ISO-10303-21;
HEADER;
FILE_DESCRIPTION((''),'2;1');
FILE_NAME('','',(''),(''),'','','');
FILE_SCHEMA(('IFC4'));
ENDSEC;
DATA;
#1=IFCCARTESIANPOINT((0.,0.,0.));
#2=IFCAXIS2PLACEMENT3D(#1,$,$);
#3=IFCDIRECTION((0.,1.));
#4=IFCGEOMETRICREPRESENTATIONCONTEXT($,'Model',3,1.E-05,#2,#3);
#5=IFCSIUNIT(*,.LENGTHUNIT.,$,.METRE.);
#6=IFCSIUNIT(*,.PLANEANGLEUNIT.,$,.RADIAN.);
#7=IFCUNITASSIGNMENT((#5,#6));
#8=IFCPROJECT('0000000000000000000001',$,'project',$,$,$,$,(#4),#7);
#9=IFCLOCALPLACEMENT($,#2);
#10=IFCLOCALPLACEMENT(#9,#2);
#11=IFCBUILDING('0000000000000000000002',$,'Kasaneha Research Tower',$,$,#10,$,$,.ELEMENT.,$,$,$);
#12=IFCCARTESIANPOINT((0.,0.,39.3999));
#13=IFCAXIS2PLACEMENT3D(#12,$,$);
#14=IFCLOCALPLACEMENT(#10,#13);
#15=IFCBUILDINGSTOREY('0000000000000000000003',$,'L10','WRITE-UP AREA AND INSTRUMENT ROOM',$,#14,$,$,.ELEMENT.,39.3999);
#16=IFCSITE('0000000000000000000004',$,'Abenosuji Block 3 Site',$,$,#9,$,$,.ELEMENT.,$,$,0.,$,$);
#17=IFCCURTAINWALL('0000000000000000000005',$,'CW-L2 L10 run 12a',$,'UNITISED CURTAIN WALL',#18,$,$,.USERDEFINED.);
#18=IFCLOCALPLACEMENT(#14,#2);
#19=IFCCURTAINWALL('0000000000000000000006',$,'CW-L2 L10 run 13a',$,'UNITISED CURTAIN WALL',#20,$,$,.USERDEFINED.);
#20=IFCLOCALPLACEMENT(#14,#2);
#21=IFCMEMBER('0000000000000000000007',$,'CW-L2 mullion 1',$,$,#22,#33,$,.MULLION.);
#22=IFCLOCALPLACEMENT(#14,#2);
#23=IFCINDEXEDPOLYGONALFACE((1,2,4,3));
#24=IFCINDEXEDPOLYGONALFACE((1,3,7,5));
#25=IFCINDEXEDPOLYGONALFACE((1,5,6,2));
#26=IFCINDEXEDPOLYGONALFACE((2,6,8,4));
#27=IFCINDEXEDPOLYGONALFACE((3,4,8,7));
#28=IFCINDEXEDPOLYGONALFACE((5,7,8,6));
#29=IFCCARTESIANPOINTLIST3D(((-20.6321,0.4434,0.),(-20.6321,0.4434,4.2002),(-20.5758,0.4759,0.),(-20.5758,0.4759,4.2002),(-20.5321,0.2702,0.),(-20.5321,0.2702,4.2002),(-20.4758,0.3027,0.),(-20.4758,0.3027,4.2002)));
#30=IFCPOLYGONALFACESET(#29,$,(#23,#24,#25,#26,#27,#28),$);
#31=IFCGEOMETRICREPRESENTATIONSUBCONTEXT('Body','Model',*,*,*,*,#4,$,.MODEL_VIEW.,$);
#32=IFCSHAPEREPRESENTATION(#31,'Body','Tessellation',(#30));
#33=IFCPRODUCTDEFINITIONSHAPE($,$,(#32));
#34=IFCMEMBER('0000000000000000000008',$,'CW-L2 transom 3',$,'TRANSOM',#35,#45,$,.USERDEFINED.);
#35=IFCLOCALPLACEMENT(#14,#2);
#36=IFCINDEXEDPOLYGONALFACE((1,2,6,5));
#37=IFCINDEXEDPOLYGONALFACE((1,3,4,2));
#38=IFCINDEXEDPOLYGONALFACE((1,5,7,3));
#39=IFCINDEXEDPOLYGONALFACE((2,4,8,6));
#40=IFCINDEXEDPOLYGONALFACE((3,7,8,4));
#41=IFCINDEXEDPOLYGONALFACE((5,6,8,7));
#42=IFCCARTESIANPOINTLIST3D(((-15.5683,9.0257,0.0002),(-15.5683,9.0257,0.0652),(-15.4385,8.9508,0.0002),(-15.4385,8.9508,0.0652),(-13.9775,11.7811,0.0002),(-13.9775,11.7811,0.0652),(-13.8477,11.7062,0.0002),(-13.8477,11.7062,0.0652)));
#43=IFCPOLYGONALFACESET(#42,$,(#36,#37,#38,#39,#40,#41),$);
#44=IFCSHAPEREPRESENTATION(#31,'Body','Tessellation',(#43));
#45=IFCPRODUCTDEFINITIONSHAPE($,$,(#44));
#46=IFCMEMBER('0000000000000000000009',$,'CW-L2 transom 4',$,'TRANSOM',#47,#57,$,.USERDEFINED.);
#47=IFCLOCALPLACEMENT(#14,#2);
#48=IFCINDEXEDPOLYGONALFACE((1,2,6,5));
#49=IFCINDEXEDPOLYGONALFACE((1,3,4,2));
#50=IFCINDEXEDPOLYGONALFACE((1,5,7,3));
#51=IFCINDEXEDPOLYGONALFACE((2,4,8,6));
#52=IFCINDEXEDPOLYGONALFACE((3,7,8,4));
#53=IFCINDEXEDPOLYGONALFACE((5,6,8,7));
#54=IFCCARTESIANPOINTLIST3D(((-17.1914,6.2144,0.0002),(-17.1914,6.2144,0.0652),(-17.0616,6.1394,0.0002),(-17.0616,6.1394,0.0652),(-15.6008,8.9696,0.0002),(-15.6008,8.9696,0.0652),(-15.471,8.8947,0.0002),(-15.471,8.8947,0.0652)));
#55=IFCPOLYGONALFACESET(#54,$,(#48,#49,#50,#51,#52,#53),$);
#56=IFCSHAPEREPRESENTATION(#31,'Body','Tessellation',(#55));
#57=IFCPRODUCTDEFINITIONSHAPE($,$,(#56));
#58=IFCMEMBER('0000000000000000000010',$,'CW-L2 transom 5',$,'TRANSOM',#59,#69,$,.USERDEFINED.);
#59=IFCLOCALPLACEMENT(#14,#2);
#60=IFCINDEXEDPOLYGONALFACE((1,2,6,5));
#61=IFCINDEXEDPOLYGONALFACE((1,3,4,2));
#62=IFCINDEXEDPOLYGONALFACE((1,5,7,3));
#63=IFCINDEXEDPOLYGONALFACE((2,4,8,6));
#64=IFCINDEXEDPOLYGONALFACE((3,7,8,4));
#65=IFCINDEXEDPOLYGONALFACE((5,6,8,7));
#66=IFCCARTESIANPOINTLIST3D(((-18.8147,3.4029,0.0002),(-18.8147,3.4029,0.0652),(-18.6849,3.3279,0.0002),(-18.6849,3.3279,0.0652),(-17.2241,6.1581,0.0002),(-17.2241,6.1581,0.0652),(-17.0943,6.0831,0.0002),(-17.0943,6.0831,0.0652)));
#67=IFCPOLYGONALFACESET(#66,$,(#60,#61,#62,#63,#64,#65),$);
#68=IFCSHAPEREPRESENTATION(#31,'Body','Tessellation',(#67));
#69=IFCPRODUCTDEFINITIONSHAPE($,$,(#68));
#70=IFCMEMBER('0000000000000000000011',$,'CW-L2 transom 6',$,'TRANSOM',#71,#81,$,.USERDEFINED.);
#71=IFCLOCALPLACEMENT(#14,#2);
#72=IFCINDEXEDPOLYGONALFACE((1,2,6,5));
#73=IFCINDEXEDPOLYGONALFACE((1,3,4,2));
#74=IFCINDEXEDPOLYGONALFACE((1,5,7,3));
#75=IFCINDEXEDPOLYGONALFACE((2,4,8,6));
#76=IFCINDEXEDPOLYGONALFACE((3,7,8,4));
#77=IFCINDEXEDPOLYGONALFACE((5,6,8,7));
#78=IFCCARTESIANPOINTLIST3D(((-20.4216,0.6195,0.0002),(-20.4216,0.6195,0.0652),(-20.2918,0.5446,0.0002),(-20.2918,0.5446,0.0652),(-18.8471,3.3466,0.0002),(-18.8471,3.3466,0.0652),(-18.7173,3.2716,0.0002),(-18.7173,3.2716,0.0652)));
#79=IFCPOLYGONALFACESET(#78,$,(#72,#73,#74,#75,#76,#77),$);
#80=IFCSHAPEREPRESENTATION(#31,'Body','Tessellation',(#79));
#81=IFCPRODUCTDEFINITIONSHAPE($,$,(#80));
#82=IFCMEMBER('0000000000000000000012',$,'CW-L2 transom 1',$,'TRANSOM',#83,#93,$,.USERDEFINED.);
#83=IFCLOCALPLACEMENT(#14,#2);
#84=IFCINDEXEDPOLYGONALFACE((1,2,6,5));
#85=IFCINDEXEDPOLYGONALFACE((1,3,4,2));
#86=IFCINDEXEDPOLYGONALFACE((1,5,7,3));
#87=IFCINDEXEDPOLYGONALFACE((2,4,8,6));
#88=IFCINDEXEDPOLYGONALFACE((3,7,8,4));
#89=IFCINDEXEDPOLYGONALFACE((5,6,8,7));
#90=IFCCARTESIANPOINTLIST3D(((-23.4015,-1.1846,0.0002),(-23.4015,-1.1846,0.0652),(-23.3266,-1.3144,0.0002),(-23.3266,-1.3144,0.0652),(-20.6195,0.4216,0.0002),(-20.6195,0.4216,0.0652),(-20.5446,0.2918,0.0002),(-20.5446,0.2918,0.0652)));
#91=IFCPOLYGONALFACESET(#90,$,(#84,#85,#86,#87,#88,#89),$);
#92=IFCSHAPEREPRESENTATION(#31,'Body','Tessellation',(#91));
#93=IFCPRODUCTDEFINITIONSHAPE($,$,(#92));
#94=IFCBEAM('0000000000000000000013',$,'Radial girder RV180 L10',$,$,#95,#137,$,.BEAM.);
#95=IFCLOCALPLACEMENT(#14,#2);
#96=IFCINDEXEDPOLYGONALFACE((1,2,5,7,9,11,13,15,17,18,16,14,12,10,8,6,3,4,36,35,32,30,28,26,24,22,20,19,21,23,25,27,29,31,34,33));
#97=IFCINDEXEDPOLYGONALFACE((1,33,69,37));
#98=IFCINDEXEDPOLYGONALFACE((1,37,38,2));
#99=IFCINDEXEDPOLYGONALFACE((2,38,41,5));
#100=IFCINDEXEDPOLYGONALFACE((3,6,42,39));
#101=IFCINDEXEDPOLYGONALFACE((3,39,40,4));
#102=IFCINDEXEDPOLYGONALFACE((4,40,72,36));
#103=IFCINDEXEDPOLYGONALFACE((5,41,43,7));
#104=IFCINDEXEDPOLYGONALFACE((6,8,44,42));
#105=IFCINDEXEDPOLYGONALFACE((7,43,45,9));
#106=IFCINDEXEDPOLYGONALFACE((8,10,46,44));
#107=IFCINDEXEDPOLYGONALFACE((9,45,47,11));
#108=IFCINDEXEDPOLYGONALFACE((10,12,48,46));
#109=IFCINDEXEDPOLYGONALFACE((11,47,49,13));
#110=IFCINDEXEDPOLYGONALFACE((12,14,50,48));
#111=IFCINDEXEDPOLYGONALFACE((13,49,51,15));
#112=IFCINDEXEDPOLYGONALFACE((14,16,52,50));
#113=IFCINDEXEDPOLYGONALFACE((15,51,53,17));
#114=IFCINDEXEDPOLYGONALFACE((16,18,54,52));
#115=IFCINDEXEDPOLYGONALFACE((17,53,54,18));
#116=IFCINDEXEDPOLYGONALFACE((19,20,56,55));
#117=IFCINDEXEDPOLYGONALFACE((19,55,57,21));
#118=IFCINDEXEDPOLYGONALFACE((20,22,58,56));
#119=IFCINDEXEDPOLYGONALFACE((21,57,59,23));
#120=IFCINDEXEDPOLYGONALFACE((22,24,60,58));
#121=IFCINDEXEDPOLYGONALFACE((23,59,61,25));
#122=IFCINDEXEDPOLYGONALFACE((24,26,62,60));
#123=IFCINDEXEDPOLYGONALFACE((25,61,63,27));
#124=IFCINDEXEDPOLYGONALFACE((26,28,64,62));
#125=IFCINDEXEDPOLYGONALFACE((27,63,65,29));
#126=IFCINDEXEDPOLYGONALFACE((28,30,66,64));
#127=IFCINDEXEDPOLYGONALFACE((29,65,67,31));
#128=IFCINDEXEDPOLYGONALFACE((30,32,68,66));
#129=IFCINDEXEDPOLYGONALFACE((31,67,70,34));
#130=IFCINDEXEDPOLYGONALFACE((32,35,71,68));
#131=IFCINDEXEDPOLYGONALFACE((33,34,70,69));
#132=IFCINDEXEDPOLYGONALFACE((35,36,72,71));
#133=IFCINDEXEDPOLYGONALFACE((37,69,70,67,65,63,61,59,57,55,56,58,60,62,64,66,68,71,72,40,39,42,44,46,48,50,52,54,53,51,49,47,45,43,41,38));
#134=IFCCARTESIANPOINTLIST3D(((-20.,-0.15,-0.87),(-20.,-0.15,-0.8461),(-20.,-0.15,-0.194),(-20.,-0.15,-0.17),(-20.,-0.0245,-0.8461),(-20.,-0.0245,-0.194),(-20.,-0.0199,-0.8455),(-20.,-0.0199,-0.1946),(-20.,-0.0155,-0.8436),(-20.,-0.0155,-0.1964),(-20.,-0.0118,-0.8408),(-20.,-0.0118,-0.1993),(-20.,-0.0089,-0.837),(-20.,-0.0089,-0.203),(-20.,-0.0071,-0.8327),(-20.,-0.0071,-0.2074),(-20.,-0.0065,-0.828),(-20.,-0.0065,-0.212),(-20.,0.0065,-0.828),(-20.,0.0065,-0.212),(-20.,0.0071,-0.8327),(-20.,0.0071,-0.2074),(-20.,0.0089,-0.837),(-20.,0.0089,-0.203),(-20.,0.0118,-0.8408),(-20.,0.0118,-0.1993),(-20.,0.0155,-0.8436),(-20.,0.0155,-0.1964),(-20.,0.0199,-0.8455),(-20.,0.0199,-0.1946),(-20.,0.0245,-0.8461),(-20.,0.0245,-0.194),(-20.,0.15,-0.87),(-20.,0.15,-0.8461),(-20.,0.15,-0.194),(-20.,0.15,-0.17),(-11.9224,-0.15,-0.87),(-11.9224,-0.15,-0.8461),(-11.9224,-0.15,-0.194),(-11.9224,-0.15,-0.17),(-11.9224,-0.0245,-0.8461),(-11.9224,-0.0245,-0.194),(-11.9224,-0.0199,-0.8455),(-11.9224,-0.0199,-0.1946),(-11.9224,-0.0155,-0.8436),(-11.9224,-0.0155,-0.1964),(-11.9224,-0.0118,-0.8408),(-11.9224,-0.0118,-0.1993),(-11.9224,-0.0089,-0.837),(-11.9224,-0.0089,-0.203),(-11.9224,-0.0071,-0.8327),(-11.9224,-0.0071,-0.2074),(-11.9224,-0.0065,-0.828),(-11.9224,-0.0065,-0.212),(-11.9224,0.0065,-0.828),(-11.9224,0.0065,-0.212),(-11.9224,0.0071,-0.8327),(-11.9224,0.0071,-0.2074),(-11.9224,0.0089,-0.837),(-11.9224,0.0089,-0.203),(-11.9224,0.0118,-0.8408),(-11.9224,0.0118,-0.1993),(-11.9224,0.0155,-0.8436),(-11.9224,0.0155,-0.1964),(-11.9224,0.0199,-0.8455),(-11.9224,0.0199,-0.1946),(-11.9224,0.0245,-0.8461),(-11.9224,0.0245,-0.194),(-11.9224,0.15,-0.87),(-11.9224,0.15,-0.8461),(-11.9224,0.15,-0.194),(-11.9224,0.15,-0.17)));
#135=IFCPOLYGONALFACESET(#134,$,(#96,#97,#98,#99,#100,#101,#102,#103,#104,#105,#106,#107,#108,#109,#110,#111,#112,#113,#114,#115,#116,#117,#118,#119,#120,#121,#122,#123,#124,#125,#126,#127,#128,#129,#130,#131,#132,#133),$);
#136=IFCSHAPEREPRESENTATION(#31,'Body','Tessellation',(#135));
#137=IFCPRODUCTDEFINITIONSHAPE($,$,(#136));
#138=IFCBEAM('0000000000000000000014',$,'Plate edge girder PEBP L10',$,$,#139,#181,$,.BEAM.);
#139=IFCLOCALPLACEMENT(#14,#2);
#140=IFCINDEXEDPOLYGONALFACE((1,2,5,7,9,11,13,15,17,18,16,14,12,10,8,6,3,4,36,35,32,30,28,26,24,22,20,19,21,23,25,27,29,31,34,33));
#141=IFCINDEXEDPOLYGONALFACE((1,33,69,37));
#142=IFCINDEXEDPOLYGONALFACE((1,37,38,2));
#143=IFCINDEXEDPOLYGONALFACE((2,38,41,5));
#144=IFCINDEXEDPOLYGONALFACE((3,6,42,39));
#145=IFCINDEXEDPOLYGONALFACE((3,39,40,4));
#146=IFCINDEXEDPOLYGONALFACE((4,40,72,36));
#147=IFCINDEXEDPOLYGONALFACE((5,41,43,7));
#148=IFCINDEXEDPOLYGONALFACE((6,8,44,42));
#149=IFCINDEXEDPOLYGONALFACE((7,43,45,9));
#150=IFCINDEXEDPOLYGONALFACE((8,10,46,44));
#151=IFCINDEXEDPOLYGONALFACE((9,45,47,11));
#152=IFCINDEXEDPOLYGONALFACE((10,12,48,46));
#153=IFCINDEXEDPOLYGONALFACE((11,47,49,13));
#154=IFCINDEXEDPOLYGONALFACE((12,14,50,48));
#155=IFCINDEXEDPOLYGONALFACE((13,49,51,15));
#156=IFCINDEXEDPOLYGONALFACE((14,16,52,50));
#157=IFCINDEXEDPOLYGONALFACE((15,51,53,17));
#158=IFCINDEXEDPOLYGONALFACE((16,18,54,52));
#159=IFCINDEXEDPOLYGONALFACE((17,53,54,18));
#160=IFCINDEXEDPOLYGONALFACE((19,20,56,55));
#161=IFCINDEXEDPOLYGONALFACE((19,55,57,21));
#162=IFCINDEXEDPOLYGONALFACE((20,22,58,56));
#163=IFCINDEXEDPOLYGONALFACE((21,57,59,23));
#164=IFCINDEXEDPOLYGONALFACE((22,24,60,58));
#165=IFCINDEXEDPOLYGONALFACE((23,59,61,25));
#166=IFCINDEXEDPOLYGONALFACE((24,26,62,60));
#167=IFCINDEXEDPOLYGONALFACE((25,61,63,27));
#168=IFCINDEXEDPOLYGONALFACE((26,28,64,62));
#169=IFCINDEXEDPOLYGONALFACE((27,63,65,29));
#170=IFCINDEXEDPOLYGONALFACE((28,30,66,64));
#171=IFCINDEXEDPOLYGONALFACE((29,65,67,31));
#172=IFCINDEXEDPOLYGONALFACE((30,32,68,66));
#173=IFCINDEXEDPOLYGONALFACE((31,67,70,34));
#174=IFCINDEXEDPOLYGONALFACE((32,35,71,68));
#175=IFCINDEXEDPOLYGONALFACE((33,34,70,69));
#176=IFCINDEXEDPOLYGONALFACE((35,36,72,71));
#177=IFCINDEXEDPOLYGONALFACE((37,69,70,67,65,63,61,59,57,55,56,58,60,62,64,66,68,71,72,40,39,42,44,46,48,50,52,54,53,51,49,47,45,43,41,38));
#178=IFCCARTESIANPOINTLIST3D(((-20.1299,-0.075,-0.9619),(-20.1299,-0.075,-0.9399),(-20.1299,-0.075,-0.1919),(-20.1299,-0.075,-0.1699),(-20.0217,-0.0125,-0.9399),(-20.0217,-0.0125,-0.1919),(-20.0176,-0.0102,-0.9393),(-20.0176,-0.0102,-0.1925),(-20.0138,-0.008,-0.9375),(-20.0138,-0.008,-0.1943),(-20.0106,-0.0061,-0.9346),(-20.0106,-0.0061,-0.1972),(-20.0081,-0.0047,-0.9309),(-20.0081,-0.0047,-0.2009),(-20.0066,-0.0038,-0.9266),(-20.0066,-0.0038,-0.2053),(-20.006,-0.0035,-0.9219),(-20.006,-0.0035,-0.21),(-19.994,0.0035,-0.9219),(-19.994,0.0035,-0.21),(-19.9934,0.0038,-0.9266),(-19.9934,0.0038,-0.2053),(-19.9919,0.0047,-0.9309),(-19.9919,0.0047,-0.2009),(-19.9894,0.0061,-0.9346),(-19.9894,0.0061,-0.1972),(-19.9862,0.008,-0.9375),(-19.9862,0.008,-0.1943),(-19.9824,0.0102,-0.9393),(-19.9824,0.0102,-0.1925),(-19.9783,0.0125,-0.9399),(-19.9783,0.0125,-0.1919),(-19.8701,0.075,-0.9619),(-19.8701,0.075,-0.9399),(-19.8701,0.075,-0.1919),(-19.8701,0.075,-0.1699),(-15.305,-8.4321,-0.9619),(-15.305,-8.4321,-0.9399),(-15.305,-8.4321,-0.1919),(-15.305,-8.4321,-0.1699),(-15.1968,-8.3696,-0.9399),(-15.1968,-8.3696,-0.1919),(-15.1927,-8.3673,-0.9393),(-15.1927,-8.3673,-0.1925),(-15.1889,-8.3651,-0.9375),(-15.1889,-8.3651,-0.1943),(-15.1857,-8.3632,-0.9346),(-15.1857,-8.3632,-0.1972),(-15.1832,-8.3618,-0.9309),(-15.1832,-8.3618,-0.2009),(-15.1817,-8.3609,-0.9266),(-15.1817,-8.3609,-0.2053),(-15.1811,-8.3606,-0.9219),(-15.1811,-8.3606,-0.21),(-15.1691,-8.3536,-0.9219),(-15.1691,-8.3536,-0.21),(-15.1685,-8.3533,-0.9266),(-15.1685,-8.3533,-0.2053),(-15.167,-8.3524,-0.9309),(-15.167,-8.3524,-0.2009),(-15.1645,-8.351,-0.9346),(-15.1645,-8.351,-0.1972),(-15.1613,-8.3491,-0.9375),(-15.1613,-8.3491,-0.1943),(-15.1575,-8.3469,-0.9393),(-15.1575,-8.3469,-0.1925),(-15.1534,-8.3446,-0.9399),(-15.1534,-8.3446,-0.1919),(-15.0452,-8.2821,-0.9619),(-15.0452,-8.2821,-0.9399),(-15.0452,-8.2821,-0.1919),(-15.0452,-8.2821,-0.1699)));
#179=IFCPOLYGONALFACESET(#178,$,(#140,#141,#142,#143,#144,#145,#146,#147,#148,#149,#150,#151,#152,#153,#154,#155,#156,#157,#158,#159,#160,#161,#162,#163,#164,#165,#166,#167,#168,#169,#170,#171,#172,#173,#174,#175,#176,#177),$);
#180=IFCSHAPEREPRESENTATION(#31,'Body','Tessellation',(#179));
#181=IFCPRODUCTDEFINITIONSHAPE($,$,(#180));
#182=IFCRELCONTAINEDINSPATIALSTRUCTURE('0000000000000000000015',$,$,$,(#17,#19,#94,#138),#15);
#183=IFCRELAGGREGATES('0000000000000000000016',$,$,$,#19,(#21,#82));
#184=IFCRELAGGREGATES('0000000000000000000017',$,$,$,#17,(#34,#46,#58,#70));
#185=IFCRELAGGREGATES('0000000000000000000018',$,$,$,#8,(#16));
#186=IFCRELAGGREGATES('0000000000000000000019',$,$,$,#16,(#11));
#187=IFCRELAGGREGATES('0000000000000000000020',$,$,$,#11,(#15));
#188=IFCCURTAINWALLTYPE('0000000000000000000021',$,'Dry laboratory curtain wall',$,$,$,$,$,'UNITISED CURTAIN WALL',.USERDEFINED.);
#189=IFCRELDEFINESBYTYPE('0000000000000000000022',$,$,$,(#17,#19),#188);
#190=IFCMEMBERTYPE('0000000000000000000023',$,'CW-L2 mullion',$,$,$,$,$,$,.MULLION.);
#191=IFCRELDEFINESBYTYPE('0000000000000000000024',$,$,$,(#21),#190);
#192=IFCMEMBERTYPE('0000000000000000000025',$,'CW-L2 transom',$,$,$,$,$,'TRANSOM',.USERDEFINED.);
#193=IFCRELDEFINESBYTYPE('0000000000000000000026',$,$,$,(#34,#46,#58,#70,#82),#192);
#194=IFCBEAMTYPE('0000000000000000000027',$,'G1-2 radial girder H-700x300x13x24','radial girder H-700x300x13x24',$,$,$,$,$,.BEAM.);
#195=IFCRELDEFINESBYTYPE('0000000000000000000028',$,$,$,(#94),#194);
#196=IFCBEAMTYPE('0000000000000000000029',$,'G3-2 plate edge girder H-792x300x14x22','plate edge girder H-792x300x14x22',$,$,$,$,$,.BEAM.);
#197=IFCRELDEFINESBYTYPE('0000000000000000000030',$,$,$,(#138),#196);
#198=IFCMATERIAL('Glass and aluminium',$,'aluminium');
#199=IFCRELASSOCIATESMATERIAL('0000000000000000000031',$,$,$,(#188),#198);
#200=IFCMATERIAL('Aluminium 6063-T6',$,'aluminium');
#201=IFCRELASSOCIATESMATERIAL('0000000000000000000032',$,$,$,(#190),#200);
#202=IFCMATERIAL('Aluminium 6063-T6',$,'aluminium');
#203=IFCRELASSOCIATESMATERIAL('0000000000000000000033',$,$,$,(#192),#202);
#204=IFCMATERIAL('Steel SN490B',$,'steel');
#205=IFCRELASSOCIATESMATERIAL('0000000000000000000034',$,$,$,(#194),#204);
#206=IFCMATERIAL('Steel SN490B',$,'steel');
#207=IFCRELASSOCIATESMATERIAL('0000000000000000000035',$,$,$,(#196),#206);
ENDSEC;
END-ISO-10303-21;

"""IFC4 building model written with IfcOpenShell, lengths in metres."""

from ifc_helpers import new_model, si_unit, direction, frame, origin, origin_2d, place, context, subcontext, project, spatial, rectangle, i_section, extrude, material, material_profile, profile_set, type_object, element, aggregate, save


model = new_model("IFC4")

# Units and contexts
model_context = context("Model", 3, precision=1e-05, world=origin(), true_north=direction((0.0, 1.0)))
body_context = subcontext(model_context, "Body", "Model", "MODEL_VIEW")
ifc_project = project(units=[si_unit("LENGTHUNIT", "METRE"), si_unit("PLANEANGLEUNIT", "RADIAN")], contexts=[model_context])

# Site, building, storey
site_placement = place(None, origin())
site = spatial("IfcSite", under=ifc_project, at=site_placement, Name="Abenosuji Block 3 Site", CompositionType="ELEMENT", RefElevation=0.0)
building_placement = place(site_placement, origin())
building = spatial("IfcBuilding", under=site, at=building_placement, Name="Kasaneha Research Tower", CompositionType="ELEMENT")
storey_placement = place(building_placement, frame((0.0, 0.0, 39.3999)))
storey = spatial("IfcBuildingStorey", under=building, at=storey_placement, Name="L10", Description="WRITE-UP AREA AND INSTRUMENT ROOM", CompositionType="ELEMENT", Elevation=39.3999)

# Curtain wall
ifc_material_1 = material(Name="Glass and aluminium", Category="aluminium")
curtain_wall_type = type_object("IfcCurtainWallType", Name="Dry laboratory curtain wall", ElementType="UNITISED CURTAIN WALL", PredefinedType="USERDEFINED", material=ifc_material_1)
curtain_wall_1_placement = place(storey_placement, origin())
curtain_wall_1 = element("IfcCurtainWall", 1, at=curtain_wall_1_placement, inside=storey, type_object=curtain_wall_type, Name="CW-L2 L10 run 12a", ObjectType="UNITISED CURTAIN WALL", PredefinedType="USERDEFINED")
ifc_material_2 = material(Name="Aluminium 6063-T6", Category="aluminium")
ifc_material_profile_1 = material_profile(ifc_material_2, rectangle(XDim=0.0649, YDim=0.2, at=origin_2d()), Name="CW-L2 mullion 65x200")
ifc_profile_set_1 = profile_set([ifc_material_profile_1], Name="Aluminium 6063-T6")
member_type_1 = type_object("IfcMemberType", Name="CW-L2 mullion", PredefinedType="MULLION", material=ifc_profile_set_1)

# Curtain wall, member
curtain_wall_2_placement = place(storey_placement, origin())
curtain_wall_2 = element("IfcCurtainWall", 2, at=curtain_wall_2_placement, inside=storey, type_object=curtain_wall_type, Name="CW-L2 L10 run 13a", ObjectType="UNITISED CURTAIN WALL", PredefinedType="USERDEFINED")
member_1_placement = place(storey_placement, frame((-20.554, 0.373, 0.0), z_axis=(0.0, 0.0, 1.0), x_axis=(-0.866025, -0.5, 0.0)))
member_1 = element("IfcMember", 3, at=member_1_placement, type_object=member_type_1, Name="CW-L2 mullion 1", PredefinedType="MULLION", context=body_context, shape_type="SweptSolid", body=[
    extrude(rectangle(XDim=0.0649, YDim=0.2, at=origin_2d()), origin(), (0.0, 0.0, 1.0), 4.2002),
])

# Members
ifc_material_3 = material(Name="Aluminium 6063-T6", Category="aluminium")
ifc_material_profile_2 = material_profile(ifc_material_3, rectangle(XDim=0.1499, YDim=0.0649, at=origin_2d()), Name="CW-L2 transom 150x65")
ifc_profile_set_2 = profile_set([ifc_material_profile_2], Name="Aluminium 6063-T6")
member_type_2 = type_object("IfcMemberType", Name="CW-L2 transom", ElementType="TRANSOM", PredefinedType="USERDEFINED", material=ifc_profile_set_2)
member_2_placement = place(storey_placement, frame((-13.9126, 11.7437, 0.0327), z_axis=(-0.500001, -0.866025, 0.0), x_axis=(0.866025, -0.500001, 0.0)))
member_2 = element("IfcMember", 4, at=member_2_placement, type_object=member_type_2, Name="CW-L2 transom 3", ObjectType="TRANSOM", PredefinedType="USERDEFINED", context=body_context, shape_type="SweptSolid", body=[
    extrude(rectangle(XDim=0.1499, YDim=0.0649, at=origin_2d()), origin(), (0.0, 0.0, 1.0), 3.1816),
])
member_3_placement = place(storey_placement, frame((-15.5359, 8.9321, 0.0327), z_axis=(-0.499977, -0.866039, 0.0), x_axis=(0.866039, -0.499977, 0.0)))
member_3 = element("IfcMember", 5, at=member_3_placement, type_object=member_type_2, Name="CW-L2 transom 4", ObjectType="TRANSOM", PredefinedType="USERDEFINED", context=body_context, shape_type="SweptSolid", body=[
    extrude(rectangle(XDim=0.1499, YDim=0.0649, at=origin_2d()), origin(), (0.0, 0.0, 1.0), 3.1814),
])
member_4_placement = place(storey_placement, frame((-17.1592, 6.1206, 0.0327), z_axis=(-0.499977, -0.866039, 0.0), x_axis=(0.866039, -0.499977, 0.0)))
member_4 = element("IfcMember", 6, at=member_4_placement, type_object=member_type_2, Name="CW-L2 transom 5", ObjectType="TRANSOM", PredefinedType="USERDEFINED", context=body_context, shape_type="SweptSolid", body=[
    extrude(rectangle(XDim=0.1499, YDim=0.0649, at=origin_2d()), origin(), (0.0, 0.0, 1.0), 3.1814),
])
member_5_placement = place(storey_placement, frame((-18.7822, 3.3091, 0.0327), z_axis=(-0.5, -0.866025, 0.0), x_axis=(0.866025, -0.5, 0.0)))
member_5 = element("IfcMember", 7, at=member_5_placement, type_object=member_type_2, Name="CW-L2 transom 6", ObjectType="TRANSOM", PredefinedType="USERDEFINED", context=body_context, shape_type="SweptSolid", body=[
    extrude(rectangle(XDim=0.1499, YDim=0.0649, at=origin_2d()), origin(), (0.0, 0.0, 1.0), 3.1489),
])
member_6_placement = place(storey_placement, frame((-20.582, 0.3567, 0.0327), z_axis=(-0.866022, -0.500005, 0.0), x_axis=(0.500005, -0.866022, 0.0)))
member_6 = element("IfcMember", 8, at=member_6_placement, type_object=member_type_2, Name="CW-L2 transom 1", ObjectType="TRANSOM", PredefinedType="USERDEFINED", context=body_context, shape_type="SweptSolid", body=[
    extrude(rectangle(XDim=0.1499, YDim=0.0649, at=origin_2d()), origin(), (0.0, 0.0, 1.0), 3.2124),
])
aggregate(curtain_wall_2, [member_1, member_6])

# Beams
ifc_material_4 = material(Name="Steel SN490B", Category="steel")
ifc_material_profile_3 = material_profile(ifc_material_4, i_section(OverallWidth=0.3, OverallDepth=0.7, WebThickness=0.0129, FlangeThickness=0.0239, FilletRadius=0.0181, at=origin_2d()), Name="H-700x300x13x24")
ifc_profile_set_3 = profile_set([ifc_material_profile_3], Name="Steel SN490B")
beam_type_1 = type_object("IfcBeamType", Name="G1-2 radial girder H-700x300x13x24", Description="radial girder H-700x300x13x24", PredefinedType="BEAM", material=ifc_profile_set_3)
beam_1_placement = place(storey_placement, frame((-11.9224, 0.0, -0.52), z_axis=(-1.0, 0.0, 0.0), x_axis=(0.0, -1.0, 0.0)))
element("IfcBeam", 9, at=beam_1_placement, inside=storey, type_object=beam_type_1, Name="Radial girder RV180 L10", PredefinedType="BEAM", context=body_context, shape_type="SweptSolid", body=[
    extrude(i_section(OverallWidth=0.3, OverallDepth=0.7, WebThickness=0.0129, FlangeThickness=0.0239, FilletRadius=0.0181, at=origin_2d()), origin(), (0.0, 0.0, 1.0), 8.0776),
])
ifc_material_5 = material(Name="Steel SN490B", Category="steel")
ifc_material_profile_4 = material_profile(ifc_material_5, i_section(OverallWidth=0.3, OverallDepth=0.792, WebThickness=0.0139, FlangeThickness=0.022, FilletRadius=0.0181, at=origin_2d()), Name="H-792x300x14x22")
ifc_profile_set_4 = profile_set([ifc_material_profile_4], Name="Steel SN490B")
beam_type_2 = type_object("IfcBeamType", Name="G3-2 plate edge girder H-792x300x14x22", Description="plate edge girder H-792x300x14x22", PredefinedType="BEAM", material=ifc_profile_set_4)
beam_2_placement = place(storey_placement, frame((-20.0, 0.0, -0.5659), z_axis=(0.499995, -0.866028, 0.0), x_axis=(0.866028, 0.499995, 0.0)))
element("IfcBeam", 10, at=beam_2_placement, inside=storey, type_object=beam_type_2, Name="Plate edge girder PEBP L10", PredefinedType="BEAM", context=body_context, shape_type="SweptSolid", body=[
    extrude(i_section(OverallWidth=0.3, OverallDepth=0.792, WebThickness=0.0139, FlangeThickness=0.022, FilletRadius=0.0181, at=origin_2d()), origin(), (0.0, 0.0, 1.0), 9.6499),
])

aggregate(curtain_wall_1, [member_2, member_3, member_4, member_5])

save(model, "model.ifc")
